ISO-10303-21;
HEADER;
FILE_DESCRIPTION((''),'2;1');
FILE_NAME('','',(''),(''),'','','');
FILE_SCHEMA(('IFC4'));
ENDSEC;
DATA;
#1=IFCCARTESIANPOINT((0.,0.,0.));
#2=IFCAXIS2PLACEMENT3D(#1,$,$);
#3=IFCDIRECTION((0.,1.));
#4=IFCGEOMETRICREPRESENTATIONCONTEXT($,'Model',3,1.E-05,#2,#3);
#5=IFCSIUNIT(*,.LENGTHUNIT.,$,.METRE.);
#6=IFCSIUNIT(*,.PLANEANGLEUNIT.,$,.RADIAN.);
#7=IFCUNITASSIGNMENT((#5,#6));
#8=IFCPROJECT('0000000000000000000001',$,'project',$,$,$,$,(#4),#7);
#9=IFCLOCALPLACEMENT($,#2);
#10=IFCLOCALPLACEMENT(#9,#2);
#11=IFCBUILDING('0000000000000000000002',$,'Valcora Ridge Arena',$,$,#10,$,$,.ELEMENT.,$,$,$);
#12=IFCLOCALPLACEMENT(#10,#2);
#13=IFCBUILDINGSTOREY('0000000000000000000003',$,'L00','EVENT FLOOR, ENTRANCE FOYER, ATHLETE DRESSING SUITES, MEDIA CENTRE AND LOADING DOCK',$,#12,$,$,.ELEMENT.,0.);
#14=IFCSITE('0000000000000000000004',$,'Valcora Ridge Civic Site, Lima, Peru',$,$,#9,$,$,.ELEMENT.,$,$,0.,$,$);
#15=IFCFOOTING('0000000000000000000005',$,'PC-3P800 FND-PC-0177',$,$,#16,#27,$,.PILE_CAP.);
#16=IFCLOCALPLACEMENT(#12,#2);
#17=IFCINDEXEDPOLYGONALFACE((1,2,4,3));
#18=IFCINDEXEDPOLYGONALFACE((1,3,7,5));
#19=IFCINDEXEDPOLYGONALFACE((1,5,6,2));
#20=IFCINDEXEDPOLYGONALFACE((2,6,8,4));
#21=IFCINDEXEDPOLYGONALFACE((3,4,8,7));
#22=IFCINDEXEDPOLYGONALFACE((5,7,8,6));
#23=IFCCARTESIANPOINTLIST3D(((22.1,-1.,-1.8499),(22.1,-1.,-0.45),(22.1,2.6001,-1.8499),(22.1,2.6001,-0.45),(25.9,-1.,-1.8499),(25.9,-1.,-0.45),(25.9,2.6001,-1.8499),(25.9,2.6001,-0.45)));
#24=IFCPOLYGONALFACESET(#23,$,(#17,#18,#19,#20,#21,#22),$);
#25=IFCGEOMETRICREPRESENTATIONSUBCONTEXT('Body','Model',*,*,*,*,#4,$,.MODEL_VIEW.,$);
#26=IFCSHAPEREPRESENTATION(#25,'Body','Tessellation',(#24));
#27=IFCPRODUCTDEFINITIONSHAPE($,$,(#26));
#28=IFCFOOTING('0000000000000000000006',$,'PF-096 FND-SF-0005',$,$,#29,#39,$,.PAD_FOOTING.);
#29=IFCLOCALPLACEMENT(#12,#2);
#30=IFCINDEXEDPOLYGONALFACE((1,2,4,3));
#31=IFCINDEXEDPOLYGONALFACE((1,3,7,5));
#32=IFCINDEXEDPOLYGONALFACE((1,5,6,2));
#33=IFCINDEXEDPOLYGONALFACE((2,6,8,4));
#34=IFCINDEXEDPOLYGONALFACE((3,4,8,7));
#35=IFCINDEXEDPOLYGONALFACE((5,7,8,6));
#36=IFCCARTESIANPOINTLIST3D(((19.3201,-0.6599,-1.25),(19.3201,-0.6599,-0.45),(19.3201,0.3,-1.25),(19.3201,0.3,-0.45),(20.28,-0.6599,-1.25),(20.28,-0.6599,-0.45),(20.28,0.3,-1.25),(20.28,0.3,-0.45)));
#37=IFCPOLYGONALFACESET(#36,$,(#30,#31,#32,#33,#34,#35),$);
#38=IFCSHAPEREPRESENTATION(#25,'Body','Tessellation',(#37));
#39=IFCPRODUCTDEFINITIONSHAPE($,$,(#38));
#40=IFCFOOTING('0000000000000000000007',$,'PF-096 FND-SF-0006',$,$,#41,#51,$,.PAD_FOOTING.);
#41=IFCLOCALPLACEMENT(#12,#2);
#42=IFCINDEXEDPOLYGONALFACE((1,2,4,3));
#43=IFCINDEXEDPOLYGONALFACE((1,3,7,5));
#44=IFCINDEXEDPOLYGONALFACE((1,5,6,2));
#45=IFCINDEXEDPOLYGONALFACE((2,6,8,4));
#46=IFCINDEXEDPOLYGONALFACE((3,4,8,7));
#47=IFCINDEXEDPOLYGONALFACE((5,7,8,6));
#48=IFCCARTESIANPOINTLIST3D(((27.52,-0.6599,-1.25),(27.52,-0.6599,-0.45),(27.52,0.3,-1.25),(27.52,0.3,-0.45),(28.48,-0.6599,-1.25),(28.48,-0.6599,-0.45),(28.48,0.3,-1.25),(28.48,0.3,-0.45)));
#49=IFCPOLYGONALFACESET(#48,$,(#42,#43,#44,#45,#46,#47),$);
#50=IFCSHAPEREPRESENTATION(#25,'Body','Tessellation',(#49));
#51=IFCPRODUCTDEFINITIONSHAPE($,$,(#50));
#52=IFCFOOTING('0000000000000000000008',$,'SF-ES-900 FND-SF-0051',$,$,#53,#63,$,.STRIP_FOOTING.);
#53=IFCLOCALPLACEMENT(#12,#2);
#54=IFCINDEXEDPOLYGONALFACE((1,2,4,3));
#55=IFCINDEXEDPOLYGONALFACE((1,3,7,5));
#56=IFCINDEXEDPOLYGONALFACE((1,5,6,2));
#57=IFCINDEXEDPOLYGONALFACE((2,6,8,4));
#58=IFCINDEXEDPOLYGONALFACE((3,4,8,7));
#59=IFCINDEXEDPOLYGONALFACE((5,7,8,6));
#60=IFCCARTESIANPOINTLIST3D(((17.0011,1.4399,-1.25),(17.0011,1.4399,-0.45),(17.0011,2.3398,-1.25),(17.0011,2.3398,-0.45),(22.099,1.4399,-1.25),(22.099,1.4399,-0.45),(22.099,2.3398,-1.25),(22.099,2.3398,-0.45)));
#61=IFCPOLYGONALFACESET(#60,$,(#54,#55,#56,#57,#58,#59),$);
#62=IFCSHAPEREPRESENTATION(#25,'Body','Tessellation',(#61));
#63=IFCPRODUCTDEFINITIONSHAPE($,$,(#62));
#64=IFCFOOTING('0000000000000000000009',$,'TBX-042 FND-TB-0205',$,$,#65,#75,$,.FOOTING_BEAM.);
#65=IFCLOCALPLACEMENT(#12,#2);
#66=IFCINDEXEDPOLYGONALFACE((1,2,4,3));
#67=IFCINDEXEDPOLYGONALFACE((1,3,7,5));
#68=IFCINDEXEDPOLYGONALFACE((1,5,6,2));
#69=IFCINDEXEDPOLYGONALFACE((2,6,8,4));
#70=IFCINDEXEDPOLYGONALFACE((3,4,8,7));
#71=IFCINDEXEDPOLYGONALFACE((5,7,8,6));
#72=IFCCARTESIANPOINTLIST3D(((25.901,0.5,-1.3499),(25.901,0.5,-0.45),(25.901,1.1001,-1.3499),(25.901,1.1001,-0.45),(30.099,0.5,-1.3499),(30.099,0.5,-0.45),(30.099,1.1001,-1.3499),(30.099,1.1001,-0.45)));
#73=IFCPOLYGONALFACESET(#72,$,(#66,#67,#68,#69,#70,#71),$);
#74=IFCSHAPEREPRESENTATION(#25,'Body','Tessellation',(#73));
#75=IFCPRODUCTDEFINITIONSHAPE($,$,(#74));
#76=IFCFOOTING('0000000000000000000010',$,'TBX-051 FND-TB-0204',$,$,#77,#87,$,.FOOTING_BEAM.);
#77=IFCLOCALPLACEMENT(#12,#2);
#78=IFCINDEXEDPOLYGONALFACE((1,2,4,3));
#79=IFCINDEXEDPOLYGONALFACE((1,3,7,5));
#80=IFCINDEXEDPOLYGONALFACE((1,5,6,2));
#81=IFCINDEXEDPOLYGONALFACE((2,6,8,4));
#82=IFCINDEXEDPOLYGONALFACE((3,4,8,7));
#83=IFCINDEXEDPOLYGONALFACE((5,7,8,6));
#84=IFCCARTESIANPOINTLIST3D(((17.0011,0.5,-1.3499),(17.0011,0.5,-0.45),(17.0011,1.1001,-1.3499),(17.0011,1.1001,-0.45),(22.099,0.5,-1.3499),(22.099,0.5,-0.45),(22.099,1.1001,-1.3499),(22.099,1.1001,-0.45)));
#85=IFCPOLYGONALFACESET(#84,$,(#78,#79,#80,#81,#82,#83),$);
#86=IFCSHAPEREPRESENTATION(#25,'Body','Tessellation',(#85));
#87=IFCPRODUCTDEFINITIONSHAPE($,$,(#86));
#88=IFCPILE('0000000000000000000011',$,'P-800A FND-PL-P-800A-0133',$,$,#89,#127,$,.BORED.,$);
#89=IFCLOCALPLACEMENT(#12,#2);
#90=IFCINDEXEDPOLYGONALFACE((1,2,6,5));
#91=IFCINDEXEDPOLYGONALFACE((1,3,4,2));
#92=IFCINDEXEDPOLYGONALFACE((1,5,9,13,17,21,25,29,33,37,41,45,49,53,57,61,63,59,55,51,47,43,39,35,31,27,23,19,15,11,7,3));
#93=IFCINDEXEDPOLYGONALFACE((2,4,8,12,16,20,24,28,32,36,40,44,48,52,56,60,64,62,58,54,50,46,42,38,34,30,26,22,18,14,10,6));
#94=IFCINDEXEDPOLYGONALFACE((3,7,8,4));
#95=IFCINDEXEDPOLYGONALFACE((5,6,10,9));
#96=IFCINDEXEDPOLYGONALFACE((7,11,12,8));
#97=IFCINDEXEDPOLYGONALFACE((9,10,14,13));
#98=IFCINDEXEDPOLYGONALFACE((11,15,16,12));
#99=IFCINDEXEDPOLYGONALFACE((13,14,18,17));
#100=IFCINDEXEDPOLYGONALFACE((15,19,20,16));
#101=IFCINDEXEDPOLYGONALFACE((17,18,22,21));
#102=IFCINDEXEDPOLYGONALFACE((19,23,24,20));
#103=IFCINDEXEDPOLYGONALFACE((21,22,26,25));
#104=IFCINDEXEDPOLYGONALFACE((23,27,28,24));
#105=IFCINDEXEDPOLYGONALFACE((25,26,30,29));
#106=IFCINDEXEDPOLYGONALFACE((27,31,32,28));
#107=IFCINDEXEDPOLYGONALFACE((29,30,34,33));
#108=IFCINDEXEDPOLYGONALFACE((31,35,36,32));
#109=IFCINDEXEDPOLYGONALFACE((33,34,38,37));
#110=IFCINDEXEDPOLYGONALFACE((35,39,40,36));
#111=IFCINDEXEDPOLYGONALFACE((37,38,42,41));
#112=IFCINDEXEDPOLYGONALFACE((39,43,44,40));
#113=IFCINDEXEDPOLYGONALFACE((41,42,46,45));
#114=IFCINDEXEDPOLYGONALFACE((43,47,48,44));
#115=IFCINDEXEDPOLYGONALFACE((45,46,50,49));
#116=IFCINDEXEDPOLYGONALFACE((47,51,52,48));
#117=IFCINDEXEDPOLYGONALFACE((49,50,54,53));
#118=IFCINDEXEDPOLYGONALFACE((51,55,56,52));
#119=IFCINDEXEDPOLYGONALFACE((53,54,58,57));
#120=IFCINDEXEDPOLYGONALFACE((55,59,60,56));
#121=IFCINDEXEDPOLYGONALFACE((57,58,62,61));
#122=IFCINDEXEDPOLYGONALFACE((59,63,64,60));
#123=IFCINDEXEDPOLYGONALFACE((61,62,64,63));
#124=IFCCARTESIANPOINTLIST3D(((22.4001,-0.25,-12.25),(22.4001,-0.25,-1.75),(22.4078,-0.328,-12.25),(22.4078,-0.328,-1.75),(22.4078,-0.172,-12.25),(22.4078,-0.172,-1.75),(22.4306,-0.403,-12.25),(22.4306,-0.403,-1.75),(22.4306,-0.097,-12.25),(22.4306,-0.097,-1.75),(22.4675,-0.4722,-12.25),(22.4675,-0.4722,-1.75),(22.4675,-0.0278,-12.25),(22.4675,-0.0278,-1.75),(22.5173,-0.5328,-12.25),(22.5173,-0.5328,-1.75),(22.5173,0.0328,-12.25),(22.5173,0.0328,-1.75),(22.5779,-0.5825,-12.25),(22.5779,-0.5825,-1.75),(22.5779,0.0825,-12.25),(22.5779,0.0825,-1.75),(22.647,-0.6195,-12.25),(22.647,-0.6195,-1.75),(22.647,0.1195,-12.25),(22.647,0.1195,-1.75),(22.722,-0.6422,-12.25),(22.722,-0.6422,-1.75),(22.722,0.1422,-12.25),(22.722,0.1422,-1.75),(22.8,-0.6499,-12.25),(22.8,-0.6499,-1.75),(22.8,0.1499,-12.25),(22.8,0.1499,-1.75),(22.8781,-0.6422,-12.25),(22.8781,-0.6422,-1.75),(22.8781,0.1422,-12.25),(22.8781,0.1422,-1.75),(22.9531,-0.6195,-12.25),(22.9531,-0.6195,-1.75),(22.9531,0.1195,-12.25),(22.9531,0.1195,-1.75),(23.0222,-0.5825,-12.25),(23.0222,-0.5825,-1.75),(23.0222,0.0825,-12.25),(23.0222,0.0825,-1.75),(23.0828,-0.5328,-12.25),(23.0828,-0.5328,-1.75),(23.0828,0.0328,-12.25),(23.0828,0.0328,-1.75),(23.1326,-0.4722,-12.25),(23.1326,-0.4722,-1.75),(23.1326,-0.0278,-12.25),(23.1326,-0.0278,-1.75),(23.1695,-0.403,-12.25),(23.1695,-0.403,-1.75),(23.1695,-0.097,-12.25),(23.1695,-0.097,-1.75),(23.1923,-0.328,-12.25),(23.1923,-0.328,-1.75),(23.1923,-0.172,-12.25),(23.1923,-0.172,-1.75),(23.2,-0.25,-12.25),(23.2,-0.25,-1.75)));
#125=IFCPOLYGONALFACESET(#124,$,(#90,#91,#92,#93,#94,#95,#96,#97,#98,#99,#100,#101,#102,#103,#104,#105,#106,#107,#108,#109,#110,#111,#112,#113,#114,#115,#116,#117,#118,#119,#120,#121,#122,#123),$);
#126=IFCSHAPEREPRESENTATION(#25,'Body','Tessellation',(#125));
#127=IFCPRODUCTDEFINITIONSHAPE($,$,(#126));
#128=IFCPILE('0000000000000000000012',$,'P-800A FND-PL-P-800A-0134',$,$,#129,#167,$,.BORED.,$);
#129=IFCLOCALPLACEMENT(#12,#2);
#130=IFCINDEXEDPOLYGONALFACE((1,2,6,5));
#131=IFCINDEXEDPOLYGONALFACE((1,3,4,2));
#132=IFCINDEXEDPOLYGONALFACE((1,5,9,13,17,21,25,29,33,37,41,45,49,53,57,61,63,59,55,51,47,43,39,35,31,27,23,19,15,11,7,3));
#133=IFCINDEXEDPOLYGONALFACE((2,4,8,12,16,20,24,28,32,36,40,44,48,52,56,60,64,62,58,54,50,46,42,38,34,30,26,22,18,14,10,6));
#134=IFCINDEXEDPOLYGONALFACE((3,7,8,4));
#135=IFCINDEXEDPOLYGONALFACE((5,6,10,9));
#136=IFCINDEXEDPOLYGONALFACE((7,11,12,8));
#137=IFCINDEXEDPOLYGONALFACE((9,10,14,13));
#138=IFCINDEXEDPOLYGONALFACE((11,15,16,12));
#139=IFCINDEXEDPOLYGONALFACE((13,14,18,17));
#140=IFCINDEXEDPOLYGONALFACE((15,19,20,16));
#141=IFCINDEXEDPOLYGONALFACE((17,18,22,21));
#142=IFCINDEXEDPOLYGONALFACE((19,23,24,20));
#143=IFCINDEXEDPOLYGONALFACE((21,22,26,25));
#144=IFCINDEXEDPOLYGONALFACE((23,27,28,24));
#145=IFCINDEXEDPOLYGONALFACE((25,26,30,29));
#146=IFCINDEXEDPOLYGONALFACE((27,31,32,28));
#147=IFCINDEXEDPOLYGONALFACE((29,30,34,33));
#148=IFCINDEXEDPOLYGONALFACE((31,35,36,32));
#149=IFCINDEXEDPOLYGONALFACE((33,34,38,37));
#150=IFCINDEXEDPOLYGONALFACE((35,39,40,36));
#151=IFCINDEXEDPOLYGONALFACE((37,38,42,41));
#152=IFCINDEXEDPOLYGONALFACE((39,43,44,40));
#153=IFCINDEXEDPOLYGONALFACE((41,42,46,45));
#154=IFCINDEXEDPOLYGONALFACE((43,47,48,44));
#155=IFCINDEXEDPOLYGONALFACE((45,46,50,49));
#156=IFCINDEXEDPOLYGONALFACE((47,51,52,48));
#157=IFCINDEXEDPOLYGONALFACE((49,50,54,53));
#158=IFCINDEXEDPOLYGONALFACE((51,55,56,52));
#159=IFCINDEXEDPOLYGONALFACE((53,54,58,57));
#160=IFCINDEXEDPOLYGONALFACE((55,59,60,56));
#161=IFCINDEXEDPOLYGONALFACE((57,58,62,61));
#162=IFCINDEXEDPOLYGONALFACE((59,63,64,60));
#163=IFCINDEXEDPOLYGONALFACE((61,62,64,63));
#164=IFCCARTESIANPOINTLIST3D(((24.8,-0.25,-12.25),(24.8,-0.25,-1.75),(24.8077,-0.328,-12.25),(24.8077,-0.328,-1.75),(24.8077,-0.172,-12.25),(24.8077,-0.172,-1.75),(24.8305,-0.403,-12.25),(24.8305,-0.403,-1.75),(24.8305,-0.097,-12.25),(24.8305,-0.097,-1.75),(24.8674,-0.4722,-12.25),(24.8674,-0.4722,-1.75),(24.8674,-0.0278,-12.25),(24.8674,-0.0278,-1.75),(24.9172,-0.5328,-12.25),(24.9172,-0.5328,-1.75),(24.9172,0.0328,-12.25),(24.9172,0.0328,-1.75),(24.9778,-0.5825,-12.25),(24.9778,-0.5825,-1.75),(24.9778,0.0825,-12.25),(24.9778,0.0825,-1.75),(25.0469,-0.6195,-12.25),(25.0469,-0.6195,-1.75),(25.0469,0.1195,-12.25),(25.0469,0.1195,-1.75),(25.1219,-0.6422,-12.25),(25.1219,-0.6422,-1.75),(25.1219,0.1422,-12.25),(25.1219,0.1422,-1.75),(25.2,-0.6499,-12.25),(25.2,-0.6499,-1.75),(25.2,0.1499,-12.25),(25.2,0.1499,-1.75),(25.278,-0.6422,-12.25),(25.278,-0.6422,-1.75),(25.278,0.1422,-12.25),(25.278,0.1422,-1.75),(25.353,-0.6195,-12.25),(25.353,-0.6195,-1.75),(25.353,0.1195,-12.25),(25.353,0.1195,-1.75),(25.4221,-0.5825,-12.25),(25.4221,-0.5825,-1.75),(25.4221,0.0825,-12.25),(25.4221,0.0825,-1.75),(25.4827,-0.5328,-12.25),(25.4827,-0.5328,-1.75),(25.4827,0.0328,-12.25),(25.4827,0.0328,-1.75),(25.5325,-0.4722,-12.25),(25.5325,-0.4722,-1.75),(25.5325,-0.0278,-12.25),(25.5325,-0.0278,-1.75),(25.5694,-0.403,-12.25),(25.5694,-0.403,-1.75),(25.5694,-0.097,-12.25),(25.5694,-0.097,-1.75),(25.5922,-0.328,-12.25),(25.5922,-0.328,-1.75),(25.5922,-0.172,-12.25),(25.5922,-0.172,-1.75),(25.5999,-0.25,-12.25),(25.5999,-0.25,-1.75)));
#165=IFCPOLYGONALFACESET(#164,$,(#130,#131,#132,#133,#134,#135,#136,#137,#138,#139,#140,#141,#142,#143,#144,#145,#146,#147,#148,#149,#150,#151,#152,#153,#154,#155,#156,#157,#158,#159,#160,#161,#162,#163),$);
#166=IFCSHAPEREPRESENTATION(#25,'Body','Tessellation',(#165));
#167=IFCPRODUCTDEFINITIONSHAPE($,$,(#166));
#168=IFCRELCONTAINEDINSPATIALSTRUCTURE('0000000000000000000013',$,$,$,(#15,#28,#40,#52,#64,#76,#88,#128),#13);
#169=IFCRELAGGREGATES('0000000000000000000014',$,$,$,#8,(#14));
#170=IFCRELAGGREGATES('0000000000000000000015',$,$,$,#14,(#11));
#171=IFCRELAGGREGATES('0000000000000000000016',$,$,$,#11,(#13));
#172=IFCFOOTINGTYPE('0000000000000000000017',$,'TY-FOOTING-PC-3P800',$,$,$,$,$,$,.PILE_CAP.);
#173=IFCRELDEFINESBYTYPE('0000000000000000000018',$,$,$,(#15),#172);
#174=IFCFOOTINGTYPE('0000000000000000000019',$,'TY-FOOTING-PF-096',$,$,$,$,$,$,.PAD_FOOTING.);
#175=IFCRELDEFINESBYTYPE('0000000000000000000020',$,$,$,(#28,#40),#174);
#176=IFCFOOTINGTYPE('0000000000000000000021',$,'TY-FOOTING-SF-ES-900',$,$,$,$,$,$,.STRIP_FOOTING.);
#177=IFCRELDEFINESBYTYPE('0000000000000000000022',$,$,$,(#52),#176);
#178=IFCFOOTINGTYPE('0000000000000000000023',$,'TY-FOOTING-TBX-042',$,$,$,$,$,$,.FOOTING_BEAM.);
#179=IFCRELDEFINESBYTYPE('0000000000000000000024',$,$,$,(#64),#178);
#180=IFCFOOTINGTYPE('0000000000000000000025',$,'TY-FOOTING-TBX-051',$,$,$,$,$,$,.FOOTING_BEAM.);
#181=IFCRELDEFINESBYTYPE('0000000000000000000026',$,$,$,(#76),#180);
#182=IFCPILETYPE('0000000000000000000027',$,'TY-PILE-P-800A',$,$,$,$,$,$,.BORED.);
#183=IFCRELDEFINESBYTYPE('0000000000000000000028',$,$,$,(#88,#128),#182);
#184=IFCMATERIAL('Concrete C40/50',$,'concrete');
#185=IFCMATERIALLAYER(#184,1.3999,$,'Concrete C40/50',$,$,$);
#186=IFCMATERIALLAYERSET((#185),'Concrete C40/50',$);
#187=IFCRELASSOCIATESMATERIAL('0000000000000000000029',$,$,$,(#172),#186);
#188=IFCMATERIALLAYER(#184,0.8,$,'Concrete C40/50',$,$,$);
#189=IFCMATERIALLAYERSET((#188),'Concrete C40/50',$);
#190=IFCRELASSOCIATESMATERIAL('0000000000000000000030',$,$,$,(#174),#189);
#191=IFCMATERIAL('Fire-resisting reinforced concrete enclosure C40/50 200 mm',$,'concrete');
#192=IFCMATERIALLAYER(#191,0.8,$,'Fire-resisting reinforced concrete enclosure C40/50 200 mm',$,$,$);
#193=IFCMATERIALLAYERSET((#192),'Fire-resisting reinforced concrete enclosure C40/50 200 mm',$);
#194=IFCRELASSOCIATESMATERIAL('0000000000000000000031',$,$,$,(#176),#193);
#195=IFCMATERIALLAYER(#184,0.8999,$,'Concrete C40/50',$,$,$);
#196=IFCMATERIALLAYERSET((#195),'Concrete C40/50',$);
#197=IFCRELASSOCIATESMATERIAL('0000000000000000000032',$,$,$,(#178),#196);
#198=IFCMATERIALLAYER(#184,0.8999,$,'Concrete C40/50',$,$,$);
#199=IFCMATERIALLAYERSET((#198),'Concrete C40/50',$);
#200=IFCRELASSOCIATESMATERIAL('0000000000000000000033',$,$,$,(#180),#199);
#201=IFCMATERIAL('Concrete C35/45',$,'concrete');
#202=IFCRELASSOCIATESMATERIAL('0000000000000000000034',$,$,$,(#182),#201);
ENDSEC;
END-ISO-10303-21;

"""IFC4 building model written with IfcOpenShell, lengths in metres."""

from ifc_helpers import new_model, si_unit, direction, frame, origin, origin_2d, place, context, subcontext, project, spatial, rectangle, circle, extrude, material, layer, layer_set, material_profile, profile_set, type_object, element, save


model = new_model("IFC4")

# Units and contexts
model_context = context("Model", 3, precision=1e-05, world=origin(), true_north=direction((0.0, 1.0)))
body_context = subcontext(model_context, "Body", "Model", "MODEL_VIEW")
ifc_project = project(units=[si_unit("LENGTHUNIT", "METRE"), si_unit("PLANEANGLEUNIT", "RADIAN")], contexts=[model_context])

# Site, building, storey
site_placement = place(None, origin())
site = spatial("IfcSite", under=ifc_project, at=site_placement, Name="Valcora Ridge Civic Site, Lima, Peru", CompositionType="ELEMENT", RefElevation=0.0)
building_placement = place(site_placement, origin())
building = spatial("IfcBuilding", under=site, at=building_placement, Name="Valcora Ridge Arena", CompositionType="ELEMENT")
storey_placement = place(building_placement, origin())
storey = spatial("IfcBuildingStorey", under=building, at=storey_placement, Name="L00", Description="EVENT FLOOR, ENTRANCE FOYER, ATHLETE DRESSING SUITES, MEDIA CENTRE AND LOADING DOCK", CompositionType="ELEMENT", Elevation=0.0)

# Footings
ifc_material_1 = material(Name="Concrete C40/50", Category="concrete")
ifc_layer_1 = layer(ifc_material_1, 1.3999, Name="Concrete C40/50")
ifc_layer_set_1 = layer_set([ifc_layer_1], Name="Concrete C40/50")
footing_type_1 = type_object("IfcFootingType", Name="TY-FOOTING-PC-3P800", PredefinedType="PILE_CAP", material=ifc_layer_set_1)
footing_1_placement = place(storey_placement, frame((24.0, 0.8, -1.8499), z_axis=(0.0, 0.0, 1.0), x_axis=(1.0, 0.0, 0.0)))
element("IfcFooting", 1, at=footing_1_placement, inside=storey, type_object=footing_type_1, Name="PC-3P800 FND-PC-0177", PredefinedType="PILE_CAP", context=body_context, shape_type="SweptSolid", body=[
    extrude(rectangle(XDim=3.8, YDim=3.6001, at=origin_2d()), origin(), (0.0, 0.0, 1.0), 1.3999),
])
ifc_layer_2 = layer(ifc_material_1, 0.8, Name="Concrete C40/50")
ifc_layer_set_2 = layer_set([ifc_layer_2], Name="Concrete C40/50")
footing_type_2 = type_object("IfcFootingType", Name="TY-FOOTING-PF-096", PredefinedType="PAD_FOOTING", material=ifc_layer_set_2)
for number, where, z_axis, x_axis, name in (
    (2, (19.8, -0.1799, -1.25), (0.0, 0.0, 1.0), (1.0, 0.0, 0.0), "PF-096 FND-SF-0005"),
    (3, (28.0, -0.1799, -1.25), (0.0, 0.0, 1.0), (1.0, 0.0, 0.0), "PF-096 FND-SF-0006"),
):
    element("IfcFooting", number, at=place(storey_placement, frame(where, z_axis=z_axis, x_axis=x_axis)), inside=storey, type_object=footing_type_2, Name=name, PredefinedType="PAD_FOOTING", context=body_context, shape_type="SweptSolid", body=[
        extrude(rectangle(XDim=0.96, YDim=0.96, at=origin_2d()), origin(), (0.0, 0.0, 1.0), 0.8),
    ])
ifc_material_2 = material(Name="Fire-resisting reinforced concrete enclosure C40/50 200 mm", Category="concrete")
ifc_layer_3 = layer(ifc_material_2, 0.8, Name="Fire-resisting reinforced concrete enclosure C40/50 200 mm")
ifc_layer_set_3 = layer_set([ifc_layer_3], Name="Fire-resisting reinforced concrete enclosure C40/50 200 mm")
footing_type_3 = type_object("IfcFootingType", Name="TY-FOOTING-SF-ES-900", PredefinedType="STRIP_FOOTING", material=ifc_layer_set_3)
footing_2_placement = place(storey_placement, frame((19.55, 1.8899, -1.25), z_axis=(0.0, 0.0, 1.0), x_axis=(1.0, 0.0, 0.0)))
element("IfcFooting", 4, at=footing_2_placement, inside=storey, type_object=footing_type_3, Name="SF-ES-900 FND-SF-0051", PredefinedType="STRIP_FOOTING", context=body_context, shape_type="SweptSolid", body=[
    extrude(rectangle(XDim=5.0979, YDim=0.8999, at=origin_2d()), origin(), (0.0, 0.0, 1.0), 0.8),
])
ifc_layer_4 = layer(ifc_material_1, 0.8999, Name="Concrete C40/50")
ifc_layer_set_4 = layer_set([ifc_layer_4], Name="Concrete C40/50")
footing_type_4 = type_object("IfcFootingType", Name="TY-FOOTING-TBX-042", PredefinedType="FOOTING_BEAM", material=ifc_layer_set_4)
footing_3_placement = place(storey_placement, frame((28.0, 0.8, -1.3499), z_axis=(0.0, 0.0, 1.0), x_axis=(1.0, 0.0, 0.0)))
element("IfcFooting", 5, at=footing_3_placement, inside=storey, type_object=footing_type_4, Name="TBX-042 FND-TB-0205", PredefinedType="FOOTING_BEAM", context=body_context, shape_type="SweptSolid", body=[
    extrude(rectangle(XDim=4.198, YDim=0.6001, at=origin_2d()), origin(), (0.0, 0.0, 1.0), 0.8999),
])
ifc_layer_5 = layer(ifc_material_1, 0.8999, Name="Concrete C40/50")
ifc_layer_set_5 = layer_set([ifc_layer_5], Name="Concrete C40/50")
footing_type_5 = type_object("IfcFootingType", Name="TY-FOOTING-TBX-051", PredefinedType="FOOTING_BEAM", material=ifc_layer_set_5)
footing_4_placement = place(storey_placement, frame((19.55, 0.8, -1.3499), z_axis=(0.0, 0.0, 1.0), x_axis=(1.0, 0.0, 0.0)))
element("IfcFooting", 6, at=footing_4_placement, inside=storey, type_object=footing_type_5, Name="TBX-051 FND-TB-0204", PredefinedType="FOOTING_BEAM", context=body_context, shape_type="SweptSolid", body=[
    extrude(rectangle(XDim=5.0979, YDim=0.6001, at=origin_2d()), origin(), (0.0, 0.0, 1.0), 0.8999),
])

# Piles
ifc_material_3 = material(Name="Concrete C35/45", Category="concrete")
ifc_material_profile_1 = material_profile(ifc_material_3, circle(Radius=0.3999, at=origin_2d()), Name="BORED PILE D800")
ifc_profile_set_1 = profile_set([ifc_material_profile_1], Name="Concrete C35/45")
pile_type = type_object("IfcPileType", Name="TY-PILE-P-800A", PredefinedType="BORED", material=ifc_profile_set_1)
for number, where, z_axis, x_axis, name in (
    (7, (22.8, -0.25, -1.75), (0.0, 0.0, -1.0), (1.0, 0.0, 0.0), "P-800A FND-PL-P-800A-0133"),
    (8, (25.2, -0.25, -1.75), (0.0, 0.0, -1.0), (1.0, 0.0, 0.0), "P-800A FND-PL-P-800A-0134"),
):
    element("IfcPile", number, at=place(storey_placement, frame(where, z_axis=z_axis, x_axis=x_axis)), inside=storey, type_object=pile_type, Name=name, PredefinedType="BORED", context=body_context, shape_type="SweptSolid", body=[
        extrude(circle(Radius=0.3999, at=origin_2d()), origin(), (0.0, 0.0, 1.0), 10.5),
    ])

save(model, "model.ifc")
